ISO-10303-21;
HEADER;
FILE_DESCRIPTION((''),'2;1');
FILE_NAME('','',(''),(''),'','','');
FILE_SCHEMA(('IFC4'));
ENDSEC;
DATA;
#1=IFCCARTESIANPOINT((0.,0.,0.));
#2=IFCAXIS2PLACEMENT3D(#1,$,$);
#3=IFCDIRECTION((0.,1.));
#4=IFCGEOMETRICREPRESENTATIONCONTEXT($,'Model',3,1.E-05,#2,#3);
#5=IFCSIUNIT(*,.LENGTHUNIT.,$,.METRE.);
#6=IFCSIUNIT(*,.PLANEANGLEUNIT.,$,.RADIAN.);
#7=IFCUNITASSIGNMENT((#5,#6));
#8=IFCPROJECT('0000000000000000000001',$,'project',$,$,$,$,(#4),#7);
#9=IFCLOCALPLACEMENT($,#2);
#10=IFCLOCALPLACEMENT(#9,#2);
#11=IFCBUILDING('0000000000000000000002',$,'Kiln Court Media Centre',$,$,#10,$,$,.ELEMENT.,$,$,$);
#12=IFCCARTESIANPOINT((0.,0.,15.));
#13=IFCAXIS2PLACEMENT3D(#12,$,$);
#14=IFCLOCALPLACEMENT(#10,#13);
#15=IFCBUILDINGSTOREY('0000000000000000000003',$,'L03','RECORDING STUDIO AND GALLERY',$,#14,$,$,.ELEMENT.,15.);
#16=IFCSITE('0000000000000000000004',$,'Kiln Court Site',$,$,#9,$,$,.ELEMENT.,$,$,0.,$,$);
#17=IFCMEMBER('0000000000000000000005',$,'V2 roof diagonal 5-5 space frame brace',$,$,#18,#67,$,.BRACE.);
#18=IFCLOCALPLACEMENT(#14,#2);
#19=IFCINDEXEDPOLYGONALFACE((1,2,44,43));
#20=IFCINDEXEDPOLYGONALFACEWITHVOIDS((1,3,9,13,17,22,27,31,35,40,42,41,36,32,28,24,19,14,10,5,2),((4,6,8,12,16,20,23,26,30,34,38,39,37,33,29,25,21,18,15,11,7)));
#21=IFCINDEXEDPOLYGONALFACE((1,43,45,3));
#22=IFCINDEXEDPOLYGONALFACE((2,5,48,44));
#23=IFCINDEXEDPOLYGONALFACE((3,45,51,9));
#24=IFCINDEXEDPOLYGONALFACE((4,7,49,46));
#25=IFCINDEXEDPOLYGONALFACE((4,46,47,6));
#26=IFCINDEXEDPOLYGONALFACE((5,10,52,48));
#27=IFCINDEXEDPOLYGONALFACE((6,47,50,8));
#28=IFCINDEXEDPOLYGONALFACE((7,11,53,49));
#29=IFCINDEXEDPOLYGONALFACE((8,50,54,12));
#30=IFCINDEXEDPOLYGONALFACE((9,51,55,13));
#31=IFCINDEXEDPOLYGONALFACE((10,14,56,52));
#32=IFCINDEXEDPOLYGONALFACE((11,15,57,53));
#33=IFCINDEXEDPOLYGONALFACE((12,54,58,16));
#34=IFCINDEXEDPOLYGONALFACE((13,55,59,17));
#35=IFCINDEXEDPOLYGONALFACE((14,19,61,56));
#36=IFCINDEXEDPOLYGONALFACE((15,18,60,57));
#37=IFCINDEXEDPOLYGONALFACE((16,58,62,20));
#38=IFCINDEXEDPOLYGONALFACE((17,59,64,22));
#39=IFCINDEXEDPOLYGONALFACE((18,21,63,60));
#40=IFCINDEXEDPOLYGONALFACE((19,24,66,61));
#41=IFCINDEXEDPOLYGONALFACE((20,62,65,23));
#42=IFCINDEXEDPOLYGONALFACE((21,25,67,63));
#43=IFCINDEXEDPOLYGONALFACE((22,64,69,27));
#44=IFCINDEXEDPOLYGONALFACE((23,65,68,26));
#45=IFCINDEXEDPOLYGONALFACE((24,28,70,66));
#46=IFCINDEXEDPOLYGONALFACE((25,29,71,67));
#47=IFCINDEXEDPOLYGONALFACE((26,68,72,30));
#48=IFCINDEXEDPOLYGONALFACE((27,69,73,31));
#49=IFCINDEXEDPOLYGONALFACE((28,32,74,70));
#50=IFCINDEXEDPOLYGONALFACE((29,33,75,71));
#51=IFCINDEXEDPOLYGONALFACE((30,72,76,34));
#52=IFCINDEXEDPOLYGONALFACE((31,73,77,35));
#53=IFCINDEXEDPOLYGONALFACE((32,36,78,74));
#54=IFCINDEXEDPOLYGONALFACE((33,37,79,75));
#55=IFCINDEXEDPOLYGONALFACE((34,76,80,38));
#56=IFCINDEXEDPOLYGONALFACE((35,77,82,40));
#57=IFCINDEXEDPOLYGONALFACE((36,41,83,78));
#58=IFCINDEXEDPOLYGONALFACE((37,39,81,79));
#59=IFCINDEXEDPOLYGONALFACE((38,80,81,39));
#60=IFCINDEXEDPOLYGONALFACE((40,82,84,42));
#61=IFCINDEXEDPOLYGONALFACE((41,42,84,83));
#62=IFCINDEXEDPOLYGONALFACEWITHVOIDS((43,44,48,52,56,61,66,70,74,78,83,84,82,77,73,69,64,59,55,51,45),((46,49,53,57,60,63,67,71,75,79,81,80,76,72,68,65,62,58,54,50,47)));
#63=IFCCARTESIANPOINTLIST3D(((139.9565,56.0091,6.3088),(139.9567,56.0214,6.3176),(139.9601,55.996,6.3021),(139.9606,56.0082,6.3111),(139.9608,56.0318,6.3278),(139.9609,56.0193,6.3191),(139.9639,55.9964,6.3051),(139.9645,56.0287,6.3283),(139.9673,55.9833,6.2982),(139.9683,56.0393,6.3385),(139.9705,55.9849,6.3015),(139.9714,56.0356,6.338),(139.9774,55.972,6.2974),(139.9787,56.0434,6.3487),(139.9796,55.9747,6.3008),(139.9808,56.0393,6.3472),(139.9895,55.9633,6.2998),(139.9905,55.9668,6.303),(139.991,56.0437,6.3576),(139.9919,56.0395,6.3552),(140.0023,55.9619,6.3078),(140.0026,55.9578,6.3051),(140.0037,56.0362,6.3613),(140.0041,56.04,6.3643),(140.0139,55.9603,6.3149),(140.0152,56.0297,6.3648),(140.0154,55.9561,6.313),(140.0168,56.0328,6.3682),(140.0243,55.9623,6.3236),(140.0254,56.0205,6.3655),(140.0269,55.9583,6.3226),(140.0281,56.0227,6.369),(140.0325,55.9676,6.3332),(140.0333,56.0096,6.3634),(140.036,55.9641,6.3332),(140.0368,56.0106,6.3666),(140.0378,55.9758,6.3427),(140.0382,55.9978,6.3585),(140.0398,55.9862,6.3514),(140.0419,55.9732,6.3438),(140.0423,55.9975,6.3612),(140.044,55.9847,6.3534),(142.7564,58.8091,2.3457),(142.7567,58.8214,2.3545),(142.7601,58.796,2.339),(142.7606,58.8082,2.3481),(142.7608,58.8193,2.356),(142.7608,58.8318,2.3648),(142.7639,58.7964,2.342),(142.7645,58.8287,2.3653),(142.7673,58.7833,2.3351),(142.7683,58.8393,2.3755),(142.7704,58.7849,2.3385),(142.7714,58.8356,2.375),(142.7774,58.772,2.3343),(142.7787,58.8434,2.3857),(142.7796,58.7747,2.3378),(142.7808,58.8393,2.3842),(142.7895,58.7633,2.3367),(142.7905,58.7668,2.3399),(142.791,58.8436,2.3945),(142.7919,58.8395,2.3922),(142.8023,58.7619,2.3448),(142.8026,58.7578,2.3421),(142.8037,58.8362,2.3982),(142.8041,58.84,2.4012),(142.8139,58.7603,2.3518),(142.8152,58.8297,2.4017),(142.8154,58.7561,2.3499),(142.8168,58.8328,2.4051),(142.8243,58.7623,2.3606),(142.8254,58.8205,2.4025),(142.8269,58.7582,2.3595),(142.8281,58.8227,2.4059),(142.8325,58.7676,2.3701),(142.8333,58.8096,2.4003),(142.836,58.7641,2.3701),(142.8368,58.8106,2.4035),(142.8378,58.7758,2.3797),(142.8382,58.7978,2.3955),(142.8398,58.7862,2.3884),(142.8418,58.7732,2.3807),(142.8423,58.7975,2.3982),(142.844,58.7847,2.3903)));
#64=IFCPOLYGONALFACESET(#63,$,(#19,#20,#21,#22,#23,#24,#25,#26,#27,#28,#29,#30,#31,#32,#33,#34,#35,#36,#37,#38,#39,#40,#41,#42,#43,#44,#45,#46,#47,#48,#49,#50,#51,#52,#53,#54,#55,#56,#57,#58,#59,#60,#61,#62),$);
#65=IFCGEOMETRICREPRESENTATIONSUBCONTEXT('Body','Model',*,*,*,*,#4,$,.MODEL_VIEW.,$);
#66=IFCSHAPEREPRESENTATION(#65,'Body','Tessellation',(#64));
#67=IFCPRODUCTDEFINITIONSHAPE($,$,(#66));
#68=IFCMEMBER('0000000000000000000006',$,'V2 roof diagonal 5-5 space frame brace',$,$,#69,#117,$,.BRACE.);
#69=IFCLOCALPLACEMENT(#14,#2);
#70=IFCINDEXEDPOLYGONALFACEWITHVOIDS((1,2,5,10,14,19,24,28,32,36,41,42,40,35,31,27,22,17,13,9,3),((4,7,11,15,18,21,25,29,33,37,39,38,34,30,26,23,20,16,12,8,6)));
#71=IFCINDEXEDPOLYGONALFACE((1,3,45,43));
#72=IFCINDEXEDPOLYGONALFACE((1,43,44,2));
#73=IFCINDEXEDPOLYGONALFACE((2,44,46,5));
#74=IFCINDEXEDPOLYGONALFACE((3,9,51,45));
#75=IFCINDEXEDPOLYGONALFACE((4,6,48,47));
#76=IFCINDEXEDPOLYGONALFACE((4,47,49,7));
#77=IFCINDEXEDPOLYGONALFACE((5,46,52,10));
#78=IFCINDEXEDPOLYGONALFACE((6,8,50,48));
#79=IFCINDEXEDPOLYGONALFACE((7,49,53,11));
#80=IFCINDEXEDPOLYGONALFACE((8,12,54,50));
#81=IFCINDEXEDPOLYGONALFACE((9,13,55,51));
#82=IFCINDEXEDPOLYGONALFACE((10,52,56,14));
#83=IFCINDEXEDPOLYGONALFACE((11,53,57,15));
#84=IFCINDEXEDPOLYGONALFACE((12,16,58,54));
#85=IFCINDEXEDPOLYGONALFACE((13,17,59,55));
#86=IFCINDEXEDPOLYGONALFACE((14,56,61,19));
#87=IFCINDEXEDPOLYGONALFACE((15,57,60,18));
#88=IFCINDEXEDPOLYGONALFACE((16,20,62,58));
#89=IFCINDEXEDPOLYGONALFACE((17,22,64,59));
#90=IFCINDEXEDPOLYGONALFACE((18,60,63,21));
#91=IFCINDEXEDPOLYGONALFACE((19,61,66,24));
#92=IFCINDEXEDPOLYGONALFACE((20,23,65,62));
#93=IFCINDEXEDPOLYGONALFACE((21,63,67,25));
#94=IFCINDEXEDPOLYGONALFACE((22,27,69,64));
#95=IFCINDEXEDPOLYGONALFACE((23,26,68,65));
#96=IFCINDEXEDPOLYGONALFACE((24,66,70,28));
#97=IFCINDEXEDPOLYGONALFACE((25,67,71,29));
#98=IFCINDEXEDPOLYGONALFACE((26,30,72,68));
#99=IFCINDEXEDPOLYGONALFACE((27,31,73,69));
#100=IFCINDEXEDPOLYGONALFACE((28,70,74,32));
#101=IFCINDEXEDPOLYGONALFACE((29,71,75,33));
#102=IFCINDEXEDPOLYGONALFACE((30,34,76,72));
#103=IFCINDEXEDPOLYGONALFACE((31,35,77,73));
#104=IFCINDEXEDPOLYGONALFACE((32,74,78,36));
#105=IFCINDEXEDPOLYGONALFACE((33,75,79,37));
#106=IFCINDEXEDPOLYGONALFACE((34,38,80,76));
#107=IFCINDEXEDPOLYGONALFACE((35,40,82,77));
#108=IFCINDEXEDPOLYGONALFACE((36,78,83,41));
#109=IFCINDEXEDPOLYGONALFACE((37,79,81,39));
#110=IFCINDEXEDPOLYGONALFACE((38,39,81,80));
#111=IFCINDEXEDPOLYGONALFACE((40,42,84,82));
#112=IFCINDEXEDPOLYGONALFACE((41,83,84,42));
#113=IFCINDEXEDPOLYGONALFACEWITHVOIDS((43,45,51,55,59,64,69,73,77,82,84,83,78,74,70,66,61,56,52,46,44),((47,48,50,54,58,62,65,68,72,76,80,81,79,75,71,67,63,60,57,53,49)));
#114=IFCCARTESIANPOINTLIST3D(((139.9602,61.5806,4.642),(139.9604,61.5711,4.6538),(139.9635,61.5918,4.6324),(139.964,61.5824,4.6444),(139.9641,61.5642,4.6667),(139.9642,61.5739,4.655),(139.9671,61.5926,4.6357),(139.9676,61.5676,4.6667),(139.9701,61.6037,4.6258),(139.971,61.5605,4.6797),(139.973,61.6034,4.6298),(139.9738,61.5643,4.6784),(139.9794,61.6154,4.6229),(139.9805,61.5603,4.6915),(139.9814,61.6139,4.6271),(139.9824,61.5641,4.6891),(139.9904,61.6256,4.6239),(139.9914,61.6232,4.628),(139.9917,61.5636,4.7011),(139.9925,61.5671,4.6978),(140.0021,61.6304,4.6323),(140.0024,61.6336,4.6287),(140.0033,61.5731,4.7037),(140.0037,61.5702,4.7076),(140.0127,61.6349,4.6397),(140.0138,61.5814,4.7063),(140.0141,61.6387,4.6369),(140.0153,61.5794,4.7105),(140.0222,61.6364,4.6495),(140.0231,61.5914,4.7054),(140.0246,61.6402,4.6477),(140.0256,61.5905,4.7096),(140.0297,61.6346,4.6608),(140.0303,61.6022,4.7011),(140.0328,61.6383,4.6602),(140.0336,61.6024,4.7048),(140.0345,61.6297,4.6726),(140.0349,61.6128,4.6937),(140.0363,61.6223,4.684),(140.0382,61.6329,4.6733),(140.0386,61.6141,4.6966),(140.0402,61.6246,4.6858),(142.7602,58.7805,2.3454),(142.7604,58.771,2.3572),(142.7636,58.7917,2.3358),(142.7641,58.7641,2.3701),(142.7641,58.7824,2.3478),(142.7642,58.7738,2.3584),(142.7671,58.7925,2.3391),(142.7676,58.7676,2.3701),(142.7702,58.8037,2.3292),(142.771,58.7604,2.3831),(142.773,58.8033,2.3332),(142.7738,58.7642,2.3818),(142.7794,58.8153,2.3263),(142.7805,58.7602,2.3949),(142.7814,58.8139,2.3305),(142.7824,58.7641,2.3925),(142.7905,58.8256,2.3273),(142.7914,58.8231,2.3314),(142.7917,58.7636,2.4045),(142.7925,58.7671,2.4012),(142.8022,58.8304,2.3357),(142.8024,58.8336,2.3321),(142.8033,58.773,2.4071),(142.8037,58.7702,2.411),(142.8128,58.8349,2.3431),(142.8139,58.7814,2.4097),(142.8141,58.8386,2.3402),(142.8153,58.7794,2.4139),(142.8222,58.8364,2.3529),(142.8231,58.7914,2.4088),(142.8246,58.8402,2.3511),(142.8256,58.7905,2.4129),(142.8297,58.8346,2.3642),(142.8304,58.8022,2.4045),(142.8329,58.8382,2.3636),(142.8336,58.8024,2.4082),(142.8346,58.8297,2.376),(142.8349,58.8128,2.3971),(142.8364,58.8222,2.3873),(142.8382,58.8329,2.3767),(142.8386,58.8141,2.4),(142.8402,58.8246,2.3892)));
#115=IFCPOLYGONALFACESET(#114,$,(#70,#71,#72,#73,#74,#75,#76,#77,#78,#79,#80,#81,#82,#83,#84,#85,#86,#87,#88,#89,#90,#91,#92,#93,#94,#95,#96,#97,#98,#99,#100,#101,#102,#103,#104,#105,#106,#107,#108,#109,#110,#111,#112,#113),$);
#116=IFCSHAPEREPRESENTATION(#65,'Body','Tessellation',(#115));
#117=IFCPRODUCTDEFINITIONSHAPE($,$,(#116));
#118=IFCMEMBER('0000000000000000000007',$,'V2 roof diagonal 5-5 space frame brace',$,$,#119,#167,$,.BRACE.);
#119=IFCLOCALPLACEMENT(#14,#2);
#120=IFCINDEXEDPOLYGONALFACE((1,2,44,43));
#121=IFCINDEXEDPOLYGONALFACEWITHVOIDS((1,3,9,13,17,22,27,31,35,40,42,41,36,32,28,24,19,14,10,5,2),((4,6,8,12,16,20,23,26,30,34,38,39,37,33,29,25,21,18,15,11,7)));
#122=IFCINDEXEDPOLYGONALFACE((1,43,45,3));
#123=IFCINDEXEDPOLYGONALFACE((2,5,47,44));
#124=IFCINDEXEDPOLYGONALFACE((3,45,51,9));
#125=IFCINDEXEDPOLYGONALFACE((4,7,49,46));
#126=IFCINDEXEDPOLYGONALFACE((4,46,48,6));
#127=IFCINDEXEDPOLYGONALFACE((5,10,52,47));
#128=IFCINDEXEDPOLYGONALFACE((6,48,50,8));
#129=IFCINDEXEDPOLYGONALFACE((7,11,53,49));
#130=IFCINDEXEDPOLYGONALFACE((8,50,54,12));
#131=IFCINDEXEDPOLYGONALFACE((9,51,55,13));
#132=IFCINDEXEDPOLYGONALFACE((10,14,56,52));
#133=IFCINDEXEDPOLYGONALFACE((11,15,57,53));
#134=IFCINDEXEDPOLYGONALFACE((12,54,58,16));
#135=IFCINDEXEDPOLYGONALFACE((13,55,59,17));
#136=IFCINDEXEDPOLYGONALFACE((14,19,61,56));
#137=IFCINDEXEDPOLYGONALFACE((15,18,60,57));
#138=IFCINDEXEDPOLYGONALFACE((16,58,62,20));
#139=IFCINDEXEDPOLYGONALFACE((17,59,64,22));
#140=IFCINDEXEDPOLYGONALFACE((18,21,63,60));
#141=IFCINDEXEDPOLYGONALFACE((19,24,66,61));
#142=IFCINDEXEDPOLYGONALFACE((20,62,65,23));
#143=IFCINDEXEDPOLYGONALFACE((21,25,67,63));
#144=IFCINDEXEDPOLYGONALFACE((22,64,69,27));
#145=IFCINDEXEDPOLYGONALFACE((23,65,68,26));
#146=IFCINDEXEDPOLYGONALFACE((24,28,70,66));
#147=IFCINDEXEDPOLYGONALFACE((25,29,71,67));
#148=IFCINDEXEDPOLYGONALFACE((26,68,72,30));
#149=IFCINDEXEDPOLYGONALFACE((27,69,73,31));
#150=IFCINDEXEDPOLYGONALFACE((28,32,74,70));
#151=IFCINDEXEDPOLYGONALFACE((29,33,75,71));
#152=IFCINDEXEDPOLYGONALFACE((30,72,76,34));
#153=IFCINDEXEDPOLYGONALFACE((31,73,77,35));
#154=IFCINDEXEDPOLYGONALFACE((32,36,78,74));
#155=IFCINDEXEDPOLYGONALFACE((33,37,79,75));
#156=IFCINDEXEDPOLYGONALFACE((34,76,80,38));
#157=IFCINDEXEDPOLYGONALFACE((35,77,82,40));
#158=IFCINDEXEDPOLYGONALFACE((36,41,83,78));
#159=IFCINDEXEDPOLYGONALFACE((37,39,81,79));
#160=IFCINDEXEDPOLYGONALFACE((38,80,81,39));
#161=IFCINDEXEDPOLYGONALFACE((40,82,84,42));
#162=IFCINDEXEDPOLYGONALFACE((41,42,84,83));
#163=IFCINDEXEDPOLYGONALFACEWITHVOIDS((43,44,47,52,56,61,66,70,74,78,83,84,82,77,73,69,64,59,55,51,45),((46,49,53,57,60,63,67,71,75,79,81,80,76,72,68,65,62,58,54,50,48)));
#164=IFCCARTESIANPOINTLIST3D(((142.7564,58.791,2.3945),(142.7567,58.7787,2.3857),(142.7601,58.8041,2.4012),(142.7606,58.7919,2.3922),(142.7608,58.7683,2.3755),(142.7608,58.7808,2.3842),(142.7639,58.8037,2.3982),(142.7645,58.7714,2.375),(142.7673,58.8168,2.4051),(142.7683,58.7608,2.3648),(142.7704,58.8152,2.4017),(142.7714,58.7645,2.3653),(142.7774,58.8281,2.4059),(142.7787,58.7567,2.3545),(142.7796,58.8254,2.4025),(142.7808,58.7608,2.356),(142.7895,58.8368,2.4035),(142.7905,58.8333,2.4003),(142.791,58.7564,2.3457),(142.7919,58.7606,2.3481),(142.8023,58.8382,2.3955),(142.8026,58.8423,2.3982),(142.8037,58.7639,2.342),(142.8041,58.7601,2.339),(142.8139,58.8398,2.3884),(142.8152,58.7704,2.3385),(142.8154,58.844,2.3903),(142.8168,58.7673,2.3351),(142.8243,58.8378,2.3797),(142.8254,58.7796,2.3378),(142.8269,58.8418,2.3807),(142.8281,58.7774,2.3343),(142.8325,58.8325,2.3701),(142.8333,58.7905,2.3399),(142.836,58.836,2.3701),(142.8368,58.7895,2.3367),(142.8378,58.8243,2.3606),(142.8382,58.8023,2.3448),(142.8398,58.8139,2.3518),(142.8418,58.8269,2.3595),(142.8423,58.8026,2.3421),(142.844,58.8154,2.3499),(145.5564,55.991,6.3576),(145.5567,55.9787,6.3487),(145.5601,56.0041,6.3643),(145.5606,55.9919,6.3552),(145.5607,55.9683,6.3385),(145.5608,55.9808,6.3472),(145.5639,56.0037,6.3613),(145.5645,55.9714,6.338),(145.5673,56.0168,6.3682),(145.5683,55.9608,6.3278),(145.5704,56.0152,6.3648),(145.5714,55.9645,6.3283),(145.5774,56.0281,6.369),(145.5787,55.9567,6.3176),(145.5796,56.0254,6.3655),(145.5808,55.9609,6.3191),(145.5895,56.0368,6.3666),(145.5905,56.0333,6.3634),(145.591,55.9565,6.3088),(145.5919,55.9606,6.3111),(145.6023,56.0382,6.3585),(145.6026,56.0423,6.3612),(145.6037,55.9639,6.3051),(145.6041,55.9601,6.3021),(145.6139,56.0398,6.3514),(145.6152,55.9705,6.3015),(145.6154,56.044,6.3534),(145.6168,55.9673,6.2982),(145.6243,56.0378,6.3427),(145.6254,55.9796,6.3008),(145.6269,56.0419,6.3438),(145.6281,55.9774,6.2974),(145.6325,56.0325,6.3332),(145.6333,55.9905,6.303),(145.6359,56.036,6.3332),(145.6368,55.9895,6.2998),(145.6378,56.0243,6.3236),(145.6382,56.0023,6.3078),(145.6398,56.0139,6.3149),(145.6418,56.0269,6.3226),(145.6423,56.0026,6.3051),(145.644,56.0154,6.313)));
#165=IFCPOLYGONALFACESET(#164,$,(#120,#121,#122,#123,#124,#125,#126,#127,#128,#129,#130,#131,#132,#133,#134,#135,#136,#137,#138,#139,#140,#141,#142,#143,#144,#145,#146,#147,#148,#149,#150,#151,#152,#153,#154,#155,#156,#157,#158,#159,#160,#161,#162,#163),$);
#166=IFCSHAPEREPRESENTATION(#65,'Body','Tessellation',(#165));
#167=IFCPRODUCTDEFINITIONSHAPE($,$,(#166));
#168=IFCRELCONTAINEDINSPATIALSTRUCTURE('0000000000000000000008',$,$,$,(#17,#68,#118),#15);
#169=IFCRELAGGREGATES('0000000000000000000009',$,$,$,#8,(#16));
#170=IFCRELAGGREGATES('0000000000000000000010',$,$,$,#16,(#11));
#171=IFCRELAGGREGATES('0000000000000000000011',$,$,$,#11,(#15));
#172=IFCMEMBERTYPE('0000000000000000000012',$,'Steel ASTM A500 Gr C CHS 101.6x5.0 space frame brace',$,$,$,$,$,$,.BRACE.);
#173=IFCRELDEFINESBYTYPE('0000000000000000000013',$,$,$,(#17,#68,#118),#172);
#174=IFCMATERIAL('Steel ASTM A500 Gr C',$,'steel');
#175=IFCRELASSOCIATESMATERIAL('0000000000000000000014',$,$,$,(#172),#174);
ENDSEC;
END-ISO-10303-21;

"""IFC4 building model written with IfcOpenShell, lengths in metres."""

from ifc_helpers import new_model, si_unit, direction, frame, origin, origin_2d, place, context, subcontext, project, spatial, hollow_circle, extrude, material, material_profile, profile_set, type_object, element, save


model = new_model("IFC4")

# Units and contexts
model_context = context("Model", 3, precision=1e-05, world=origin(), true_north=direction((0.0, 1.0)))
body_context = subcontext(model_context, "Body", "Model", "MODEL_VIEW")
ifc_project = project(units=[si_unit("LENGTHUNIT", "METRE"), si_unit("PLANEANGLEUNIT", "RADIAN")], contexts=[model_context])

# Site, building, storey
site_placement = place(None, origin())
site = spatial("IfcSite", under=ifc_project, at=site_placement, Name="Kiln Court Site", CompositionType="ELEMENT", RefElevation=0.0)
building_placement = place(site_placement, origin())
building = spatial("IfcBuilding", under=site, at=building_placement, Name="Kiln Court Media Centre", CompositionType="ELEMENT")
storey_placement = place(building_placement, frame((0.0, 0.0, 15.0)))
storey = spatial("IfcBuildingStorey", under=building, at=storey_placement, Name="L03", Description="RECORDING STUDIO AND GALLERY", CompositionType="ELEMENT", Elevation=15.0)

# Members
ifc_material_1 = material(Name="Steel ASTM A500 Gr C", Category="steel")
ifc_material_profile_1 = material_profile(ifc_material_1, hollow_circle(Radius=0.0508, WallThickness=0.0049, at=origin_2d()), Name="CHS 101.6x5.0")
ifc_profile_set_1 = profile_set([ifc_material_profile_1], Name="Steel ASTM A500 Gr C")
member_type_1 = type_object("IfcMemberType", Name="Steel ASTM A500 Gr C CHS 101.6x5.0 space frame brace", PredefinedType="BRACE", material=ifc_profile_set_1)
member_1_placement = place(storey_placement, frame((142.8, 58.8, 2.3701), z_axis=(-0.499794, -0.499794, 0.707398), x_axis=(0.707107, -0.707107, 0.0)))
element("IfcMember", 1, at=member_1_placement, inside=storey, type_object=member_type_1, Name="V2 roof diagonal 5-5 space frame brace", PredefinedType="BRACE", context=body_context, shape_type="SweptSolid", body=[
    extrude(hollow_circle(Radius=0.0508, WallThickness=0.0049, at=origin_2d()), origin(), (0.0, 0.0, 1.0), 5.6023),
])
member_2_placement = place(storey_placement, frame((142.8, 58.8, 2.3701), z_axis=(-0.611676, 0.611676, 0.501703), x_axis=(-0.707107, -0.707107, 0.0)))
element("IfcMember", 2, at=member_2_placement, inside=storey, type_object=member_type_1, Name="V2 roof diagonal 5-5 space frame brace", PredefinedType="BRACE", context=body_context, shape_type="SweptSolid", body=[
    extrude(hollow_circle(Radius=0.0508, WallThickness=0.0049, at=origin_2d()), origin(), (0.0, 0.0, 1.0), 4.5776),
])
member_3_placement = place(storey_placement, frame((142.8, 58.8, 2.3701), z_axis=(0.499794, -0.499794, 0.707398), x_axis=(0.707107, 0.707107, 0.0)))
element("IfcMember", 3, at=member_3_placement, inside=storey, type_object=member_type_1, Name="V2 roof diagonal 5-5 space frame brace", PredefinedType="BRACE", context=body_context, shape_type="SweptSolid", body=[
    extrude(hollow_circle(Radius=0.0508, WallThickness=0.0049, at=origin_2d()), origin(), (0.0, 0.0, 1.0), 5.6023),
])

save(model, "model.ifc")
